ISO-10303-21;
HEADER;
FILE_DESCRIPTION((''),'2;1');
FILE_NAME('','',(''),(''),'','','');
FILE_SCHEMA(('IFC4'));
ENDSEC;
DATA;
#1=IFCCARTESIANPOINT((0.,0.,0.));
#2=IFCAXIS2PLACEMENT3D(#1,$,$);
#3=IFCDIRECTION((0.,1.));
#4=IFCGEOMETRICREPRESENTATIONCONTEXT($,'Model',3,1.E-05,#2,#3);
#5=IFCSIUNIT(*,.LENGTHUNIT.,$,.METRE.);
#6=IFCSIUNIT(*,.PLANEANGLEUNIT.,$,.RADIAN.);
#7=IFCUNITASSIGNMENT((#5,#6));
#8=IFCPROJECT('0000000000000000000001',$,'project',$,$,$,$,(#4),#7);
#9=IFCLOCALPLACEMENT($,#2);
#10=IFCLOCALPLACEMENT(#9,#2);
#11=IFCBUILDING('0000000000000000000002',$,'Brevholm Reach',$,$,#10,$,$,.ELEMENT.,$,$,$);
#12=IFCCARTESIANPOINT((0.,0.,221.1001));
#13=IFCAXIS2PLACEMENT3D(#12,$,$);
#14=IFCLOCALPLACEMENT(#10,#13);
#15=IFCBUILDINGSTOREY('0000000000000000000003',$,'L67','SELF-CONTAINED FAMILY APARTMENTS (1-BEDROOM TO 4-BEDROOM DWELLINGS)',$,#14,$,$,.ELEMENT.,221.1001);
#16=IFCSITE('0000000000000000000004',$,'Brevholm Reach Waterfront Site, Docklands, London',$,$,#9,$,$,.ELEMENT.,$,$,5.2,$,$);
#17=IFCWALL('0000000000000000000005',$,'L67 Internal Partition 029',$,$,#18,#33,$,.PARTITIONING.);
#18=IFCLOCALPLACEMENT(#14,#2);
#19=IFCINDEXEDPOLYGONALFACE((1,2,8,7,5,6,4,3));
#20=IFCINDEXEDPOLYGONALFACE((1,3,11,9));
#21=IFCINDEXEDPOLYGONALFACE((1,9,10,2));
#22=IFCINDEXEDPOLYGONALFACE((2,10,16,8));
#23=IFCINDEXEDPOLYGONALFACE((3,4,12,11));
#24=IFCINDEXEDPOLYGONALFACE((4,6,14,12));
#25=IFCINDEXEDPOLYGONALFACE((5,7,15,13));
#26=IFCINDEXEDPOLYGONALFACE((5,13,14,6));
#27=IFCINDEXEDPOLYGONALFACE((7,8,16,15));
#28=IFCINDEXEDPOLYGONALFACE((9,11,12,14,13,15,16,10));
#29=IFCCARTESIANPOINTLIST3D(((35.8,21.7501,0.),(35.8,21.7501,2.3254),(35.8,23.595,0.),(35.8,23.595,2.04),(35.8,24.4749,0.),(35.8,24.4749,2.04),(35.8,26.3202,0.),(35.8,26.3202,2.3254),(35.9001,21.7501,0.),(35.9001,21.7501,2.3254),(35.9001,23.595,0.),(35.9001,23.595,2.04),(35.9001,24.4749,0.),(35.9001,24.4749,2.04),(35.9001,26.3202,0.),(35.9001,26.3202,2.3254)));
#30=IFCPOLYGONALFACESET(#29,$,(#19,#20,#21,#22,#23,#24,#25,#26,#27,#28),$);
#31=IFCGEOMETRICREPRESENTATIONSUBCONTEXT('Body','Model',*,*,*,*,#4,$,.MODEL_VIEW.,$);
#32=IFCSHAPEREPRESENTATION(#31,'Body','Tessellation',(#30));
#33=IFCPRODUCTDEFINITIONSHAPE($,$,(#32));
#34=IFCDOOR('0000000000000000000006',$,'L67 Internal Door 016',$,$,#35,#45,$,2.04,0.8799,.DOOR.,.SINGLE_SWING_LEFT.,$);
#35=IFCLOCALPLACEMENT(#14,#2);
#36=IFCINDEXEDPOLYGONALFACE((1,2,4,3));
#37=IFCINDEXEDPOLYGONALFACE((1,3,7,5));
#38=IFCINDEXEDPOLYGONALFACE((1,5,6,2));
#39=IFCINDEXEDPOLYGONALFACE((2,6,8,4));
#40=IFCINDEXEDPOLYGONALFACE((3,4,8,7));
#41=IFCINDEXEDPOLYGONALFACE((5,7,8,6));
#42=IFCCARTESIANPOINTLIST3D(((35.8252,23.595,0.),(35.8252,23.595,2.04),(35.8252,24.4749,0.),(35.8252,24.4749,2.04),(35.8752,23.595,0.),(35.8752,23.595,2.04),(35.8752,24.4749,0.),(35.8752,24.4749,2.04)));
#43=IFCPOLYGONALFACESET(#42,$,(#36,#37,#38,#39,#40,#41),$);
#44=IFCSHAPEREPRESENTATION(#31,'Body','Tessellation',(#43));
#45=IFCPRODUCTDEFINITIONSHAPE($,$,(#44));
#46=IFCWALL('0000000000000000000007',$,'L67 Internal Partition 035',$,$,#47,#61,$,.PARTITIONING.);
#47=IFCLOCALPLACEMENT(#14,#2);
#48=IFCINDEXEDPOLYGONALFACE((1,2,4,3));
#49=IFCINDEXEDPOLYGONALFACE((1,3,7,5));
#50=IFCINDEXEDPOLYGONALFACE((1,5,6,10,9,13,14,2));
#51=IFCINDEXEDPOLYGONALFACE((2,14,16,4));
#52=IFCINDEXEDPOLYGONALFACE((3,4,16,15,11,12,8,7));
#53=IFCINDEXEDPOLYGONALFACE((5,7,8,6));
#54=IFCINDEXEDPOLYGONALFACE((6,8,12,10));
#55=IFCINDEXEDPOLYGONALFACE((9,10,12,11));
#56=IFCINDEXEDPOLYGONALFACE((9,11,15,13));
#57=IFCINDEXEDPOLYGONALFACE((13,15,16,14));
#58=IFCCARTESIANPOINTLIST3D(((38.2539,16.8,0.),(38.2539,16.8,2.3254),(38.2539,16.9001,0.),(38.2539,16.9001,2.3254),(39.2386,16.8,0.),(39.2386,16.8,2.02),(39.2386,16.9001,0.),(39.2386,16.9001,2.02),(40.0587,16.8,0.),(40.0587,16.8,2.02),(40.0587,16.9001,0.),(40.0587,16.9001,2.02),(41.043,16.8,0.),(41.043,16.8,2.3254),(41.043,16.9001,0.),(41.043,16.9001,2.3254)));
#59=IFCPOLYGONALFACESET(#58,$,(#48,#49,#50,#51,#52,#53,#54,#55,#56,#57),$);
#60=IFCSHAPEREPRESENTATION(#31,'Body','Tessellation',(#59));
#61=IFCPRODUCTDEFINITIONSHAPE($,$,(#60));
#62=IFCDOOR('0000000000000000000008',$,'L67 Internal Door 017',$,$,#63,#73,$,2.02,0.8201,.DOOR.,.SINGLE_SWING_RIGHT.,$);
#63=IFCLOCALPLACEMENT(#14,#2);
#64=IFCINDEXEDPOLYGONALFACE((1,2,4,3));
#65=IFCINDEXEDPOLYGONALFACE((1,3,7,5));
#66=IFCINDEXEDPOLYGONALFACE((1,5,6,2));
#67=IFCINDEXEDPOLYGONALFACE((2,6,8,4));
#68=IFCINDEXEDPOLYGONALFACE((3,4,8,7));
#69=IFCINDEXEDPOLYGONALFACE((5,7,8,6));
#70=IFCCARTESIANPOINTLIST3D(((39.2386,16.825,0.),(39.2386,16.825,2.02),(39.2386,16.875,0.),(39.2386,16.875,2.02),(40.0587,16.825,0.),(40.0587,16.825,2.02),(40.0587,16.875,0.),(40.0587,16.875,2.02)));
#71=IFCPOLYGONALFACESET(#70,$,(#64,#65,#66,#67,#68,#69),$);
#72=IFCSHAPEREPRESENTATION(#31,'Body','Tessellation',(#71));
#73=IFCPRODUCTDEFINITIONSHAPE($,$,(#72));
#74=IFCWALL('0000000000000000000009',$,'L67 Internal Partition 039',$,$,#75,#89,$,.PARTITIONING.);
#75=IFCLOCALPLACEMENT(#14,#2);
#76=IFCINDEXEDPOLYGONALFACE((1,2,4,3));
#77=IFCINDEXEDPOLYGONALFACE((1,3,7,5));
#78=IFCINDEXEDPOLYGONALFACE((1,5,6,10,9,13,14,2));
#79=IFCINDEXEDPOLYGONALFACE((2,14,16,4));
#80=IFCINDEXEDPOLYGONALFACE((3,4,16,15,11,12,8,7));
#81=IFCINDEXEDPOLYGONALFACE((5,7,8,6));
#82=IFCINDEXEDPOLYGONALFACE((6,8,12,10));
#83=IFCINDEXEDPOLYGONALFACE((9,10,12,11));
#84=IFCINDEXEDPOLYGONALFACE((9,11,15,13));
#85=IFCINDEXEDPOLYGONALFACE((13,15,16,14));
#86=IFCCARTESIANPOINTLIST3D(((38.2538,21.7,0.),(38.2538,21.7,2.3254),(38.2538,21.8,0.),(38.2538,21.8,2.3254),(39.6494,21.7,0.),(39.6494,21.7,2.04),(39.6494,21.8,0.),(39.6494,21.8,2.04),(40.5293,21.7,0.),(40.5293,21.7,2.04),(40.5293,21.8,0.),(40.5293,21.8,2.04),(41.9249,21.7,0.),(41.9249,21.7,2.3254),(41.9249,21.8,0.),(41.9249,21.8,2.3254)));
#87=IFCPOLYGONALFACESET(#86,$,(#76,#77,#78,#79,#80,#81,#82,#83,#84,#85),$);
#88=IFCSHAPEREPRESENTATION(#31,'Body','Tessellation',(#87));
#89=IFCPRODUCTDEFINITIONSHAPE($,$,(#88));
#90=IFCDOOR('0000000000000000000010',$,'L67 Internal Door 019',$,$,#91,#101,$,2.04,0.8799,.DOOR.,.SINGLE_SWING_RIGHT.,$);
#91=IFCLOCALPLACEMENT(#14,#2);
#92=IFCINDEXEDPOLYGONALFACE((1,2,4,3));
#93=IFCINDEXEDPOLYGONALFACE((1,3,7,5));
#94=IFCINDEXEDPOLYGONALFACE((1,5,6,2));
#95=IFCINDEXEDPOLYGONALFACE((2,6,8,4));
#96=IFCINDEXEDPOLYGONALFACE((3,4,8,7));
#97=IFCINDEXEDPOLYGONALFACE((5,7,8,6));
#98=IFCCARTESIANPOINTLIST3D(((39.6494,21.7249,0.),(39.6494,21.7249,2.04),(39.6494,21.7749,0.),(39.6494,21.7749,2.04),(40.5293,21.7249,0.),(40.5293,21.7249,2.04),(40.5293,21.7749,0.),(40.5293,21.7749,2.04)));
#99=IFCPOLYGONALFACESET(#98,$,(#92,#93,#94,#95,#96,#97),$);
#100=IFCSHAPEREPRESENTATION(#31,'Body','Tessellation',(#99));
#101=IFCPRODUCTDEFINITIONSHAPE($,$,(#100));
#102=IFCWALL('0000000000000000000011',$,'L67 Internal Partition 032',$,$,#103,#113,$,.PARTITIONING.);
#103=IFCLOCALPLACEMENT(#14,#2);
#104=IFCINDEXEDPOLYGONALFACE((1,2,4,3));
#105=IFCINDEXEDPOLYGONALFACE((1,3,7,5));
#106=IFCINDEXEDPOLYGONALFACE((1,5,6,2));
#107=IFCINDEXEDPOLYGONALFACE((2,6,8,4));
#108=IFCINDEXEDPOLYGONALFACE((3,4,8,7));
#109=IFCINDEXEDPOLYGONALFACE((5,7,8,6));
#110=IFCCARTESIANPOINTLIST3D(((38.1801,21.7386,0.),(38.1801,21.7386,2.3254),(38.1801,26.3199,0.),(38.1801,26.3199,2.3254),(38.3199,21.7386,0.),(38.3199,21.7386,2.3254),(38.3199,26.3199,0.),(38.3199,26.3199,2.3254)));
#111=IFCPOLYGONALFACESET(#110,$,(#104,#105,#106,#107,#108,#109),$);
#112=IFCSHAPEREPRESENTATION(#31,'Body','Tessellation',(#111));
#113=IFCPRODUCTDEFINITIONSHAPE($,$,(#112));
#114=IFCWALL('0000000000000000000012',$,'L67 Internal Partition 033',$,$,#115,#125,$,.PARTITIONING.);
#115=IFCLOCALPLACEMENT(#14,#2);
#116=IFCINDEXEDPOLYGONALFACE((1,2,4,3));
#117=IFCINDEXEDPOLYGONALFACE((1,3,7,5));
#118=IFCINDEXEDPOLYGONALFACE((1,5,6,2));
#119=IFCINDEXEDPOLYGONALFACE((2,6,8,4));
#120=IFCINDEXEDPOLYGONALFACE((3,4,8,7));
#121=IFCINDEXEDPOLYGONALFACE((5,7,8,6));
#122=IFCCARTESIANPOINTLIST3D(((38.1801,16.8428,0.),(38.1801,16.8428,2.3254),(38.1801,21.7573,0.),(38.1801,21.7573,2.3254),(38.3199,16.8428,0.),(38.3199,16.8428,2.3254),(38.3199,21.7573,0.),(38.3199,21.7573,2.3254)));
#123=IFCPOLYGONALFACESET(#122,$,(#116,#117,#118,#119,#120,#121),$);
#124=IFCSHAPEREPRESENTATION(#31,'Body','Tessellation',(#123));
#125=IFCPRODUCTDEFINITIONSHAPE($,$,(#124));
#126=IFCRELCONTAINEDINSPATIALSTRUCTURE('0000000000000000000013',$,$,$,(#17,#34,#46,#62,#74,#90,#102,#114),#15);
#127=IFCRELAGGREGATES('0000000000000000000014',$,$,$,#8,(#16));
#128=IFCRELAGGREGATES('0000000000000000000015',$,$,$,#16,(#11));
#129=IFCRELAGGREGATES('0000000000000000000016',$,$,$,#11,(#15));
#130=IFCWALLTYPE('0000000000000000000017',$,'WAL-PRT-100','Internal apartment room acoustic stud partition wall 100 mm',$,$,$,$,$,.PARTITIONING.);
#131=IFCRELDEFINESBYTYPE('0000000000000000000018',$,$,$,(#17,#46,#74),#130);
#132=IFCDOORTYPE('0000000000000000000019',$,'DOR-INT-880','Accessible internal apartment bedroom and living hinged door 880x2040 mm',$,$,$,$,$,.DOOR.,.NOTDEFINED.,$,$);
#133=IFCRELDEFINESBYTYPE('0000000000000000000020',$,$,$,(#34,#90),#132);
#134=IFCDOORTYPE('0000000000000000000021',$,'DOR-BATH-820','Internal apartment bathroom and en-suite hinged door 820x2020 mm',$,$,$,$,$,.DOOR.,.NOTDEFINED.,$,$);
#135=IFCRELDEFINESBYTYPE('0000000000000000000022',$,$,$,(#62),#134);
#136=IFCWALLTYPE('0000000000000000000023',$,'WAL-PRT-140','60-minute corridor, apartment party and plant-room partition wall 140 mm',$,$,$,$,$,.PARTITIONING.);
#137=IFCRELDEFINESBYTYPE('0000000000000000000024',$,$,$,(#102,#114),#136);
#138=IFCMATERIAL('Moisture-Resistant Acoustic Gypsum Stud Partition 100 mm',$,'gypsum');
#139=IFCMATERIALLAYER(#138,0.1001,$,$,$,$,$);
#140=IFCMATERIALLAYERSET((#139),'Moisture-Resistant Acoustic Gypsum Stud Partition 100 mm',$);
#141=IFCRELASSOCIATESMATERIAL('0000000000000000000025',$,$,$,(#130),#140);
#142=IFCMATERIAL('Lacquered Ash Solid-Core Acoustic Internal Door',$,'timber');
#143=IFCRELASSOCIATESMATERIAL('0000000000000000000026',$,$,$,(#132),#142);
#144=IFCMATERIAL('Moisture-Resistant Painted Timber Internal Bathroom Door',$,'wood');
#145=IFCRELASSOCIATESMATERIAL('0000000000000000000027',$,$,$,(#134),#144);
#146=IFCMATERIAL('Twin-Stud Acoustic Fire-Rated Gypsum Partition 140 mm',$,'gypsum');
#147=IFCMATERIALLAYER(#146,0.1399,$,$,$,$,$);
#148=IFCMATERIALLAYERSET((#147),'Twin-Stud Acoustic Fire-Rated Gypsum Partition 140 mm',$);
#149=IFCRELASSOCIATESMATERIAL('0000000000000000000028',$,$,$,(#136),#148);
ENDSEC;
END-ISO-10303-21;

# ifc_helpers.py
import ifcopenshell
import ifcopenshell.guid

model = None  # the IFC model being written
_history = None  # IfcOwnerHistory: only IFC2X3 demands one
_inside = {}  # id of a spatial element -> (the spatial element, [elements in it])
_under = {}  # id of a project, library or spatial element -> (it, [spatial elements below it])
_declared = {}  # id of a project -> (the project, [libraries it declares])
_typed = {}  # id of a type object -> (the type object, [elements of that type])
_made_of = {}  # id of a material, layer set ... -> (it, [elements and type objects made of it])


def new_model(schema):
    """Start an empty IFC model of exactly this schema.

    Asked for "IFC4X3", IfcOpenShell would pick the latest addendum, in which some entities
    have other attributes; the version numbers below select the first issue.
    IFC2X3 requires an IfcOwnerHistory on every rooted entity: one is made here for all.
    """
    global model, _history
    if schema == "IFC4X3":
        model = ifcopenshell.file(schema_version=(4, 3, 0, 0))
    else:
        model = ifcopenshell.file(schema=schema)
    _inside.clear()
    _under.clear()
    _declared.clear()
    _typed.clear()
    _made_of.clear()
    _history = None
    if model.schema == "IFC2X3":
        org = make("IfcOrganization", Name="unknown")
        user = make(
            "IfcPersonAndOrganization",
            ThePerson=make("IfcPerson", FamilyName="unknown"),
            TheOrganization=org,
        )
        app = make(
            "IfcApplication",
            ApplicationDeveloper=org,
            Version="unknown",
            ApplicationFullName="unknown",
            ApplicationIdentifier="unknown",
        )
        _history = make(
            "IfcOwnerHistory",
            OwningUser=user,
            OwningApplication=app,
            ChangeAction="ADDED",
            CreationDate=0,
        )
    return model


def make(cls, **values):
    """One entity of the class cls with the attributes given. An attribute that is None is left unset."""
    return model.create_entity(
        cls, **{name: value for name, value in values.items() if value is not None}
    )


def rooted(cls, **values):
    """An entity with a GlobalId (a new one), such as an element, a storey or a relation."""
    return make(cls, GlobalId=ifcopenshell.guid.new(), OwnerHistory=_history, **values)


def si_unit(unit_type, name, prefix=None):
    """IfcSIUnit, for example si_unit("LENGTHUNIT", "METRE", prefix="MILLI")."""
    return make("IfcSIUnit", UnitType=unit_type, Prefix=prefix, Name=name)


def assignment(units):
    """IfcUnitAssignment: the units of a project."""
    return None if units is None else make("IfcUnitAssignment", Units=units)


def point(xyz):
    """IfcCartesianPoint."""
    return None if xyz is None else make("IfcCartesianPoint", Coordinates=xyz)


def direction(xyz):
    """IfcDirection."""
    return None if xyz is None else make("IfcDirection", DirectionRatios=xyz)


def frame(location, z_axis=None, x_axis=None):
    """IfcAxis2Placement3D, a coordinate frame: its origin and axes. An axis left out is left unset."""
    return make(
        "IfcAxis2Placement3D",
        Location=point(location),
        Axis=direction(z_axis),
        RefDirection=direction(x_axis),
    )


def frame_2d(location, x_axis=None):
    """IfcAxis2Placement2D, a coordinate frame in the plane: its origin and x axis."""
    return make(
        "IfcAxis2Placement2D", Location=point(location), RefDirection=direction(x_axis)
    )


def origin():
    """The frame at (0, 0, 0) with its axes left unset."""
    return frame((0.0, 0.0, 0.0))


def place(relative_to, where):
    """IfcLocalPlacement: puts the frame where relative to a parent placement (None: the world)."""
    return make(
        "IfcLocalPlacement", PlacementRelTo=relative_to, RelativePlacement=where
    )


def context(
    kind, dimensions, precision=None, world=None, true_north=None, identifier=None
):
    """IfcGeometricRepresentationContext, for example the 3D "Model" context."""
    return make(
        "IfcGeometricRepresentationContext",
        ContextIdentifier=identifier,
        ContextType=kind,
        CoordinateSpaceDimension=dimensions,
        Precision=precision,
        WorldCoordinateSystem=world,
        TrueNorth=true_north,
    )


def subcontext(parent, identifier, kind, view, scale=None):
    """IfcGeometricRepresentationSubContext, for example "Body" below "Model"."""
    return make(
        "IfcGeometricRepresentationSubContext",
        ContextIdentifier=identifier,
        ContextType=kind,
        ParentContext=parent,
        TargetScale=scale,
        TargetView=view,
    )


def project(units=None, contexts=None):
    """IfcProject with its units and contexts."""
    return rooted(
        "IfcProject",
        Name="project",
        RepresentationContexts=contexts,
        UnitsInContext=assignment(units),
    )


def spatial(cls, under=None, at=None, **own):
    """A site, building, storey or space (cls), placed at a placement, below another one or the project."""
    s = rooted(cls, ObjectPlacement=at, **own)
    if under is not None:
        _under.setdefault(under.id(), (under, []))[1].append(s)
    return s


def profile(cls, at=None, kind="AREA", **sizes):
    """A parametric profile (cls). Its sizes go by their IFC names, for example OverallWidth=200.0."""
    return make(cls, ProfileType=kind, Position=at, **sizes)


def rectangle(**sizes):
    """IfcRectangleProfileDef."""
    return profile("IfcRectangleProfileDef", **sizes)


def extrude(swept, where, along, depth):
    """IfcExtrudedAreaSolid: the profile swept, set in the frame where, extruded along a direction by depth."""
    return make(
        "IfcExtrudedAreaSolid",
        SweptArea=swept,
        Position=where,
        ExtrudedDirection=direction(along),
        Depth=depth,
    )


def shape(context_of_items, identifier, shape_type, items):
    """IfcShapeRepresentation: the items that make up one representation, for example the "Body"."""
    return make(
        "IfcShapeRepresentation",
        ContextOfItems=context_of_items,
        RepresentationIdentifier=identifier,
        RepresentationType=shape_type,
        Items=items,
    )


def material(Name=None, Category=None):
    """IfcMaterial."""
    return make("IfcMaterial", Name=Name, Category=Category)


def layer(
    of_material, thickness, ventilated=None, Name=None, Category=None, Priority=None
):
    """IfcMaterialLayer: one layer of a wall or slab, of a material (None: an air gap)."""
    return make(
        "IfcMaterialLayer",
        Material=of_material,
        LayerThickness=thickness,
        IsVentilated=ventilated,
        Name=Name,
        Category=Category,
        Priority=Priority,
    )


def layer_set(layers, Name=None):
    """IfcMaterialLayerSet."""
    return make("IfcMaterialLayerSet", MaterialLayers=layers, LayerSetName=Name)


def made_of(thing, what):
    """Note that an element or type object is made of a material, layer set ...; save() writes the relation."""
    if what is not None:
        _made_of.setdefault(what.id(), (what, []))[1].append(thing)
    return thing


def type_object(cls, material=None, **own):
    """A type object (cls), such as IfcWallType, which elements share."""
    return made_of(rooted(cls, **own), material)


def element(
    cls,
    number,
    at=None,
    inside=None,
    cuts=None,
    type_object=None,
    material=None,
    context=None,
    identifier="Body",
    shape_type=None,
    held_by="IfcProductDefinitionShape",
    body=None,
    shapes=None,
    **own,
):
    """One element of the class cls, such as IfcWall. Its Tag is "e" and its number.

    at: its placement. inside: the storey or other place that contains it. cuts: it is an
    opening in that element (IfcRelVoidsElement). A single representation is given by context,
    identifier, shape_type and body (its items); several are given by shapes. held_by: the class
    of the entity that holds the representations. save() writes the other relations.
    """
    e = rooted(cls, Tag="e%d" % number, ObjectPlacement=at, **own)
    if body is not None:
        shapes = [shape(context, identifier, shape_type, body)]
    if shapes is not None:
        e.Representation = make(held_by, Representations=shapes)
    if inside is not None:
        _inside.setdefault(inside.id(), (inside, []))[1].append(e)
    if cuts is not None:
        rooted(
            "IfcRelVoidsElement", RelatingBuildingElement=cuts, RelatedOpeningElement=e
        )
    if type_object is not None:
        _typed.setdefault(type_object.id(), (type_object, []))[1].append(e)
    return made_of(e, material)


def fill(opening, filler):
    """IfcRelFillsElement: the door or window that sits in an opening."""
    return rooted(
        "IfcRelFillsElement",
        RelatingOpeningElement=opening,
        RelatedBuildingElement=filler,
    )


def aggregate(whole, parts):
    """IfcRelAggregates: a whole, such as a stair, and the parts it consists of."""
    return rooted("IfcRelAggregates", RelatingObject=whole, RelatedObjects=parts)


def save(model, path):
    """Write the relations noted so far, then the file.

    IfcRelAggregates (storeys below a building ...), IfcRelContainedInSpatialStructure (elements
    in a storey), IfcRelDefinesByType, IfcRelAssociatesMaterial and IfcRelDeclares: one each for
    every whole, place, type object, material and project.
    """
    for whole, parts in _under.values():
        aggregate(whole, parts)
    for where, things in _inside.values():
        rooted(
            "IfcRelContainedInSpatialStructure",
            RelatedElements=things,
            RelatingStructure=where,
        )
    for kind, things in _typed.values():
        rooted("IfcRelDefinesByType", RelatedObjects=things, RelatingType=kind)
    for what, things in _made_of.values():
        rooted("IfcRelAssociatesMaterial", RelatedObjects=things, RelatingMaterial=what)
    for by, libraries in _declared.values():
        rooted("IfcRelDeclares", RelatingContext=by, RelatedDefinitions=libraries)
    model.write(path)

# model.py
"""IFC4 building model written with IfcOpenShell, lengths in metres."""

from ifc_helpers import new_model, si_unit, direction, frame, frame_2d, origin, place, context, subcontext, project, spatial, rectangle, extrude, material, layer, layer_set, type_object, element, fill, save


model = new_model("IFC4")

# Units and contexts
model_context = context("Model", 3, precision=1e-05, world=origin(), true_north=direction((0.0, 1.0)))
body_context = subcontext(model_context, "Body", "Model", "MODEL_VIEW")
ifc_project = project(units=[si_unit("LENGTHUNIT", "METRE"), si_unit("PLANEANGLEUNIT", "RADIAN")], contexts=[model_context])

# Site, building, storey
site_placement = place(None, origin())
site = spatial("IfcSite", under=ifc_project, at=site_placement, Name="Brevholm Reach Waterfront Site, Docklands, London", CompositionType="ELEMENT", RefElevation=5.2)
building_placement = place(site_placement, origin())
building = spatial("IfcBuilding", under=site, at=building_placement, Name="Brevholm Reach", CompositionType="ELEMENT")
storey_placement = place(building_placement, frame((0.0, 0.0, 221.1001)))
storey = spatial("IfcBuildingStorey", under=building, at=storey_placement, Name="L67", Description="SELF-CONTAINED FAMILY APARTMENTS (1-BEDROOM TO 4-BEDROOM DWELLINGS)", CompositionType="ELEMENT", Elevation=221.1001)

# Walls, openings, doors
ifc_material_1 = material(Name="Moisture-Resistant Acoustic Gypsum Stud Partition 100 mm", Category="gypsum")
ifc_layer_1 = layer(ifc_material_1, 0.1001)
ifc_layer_set_1 = layer_set([ifc_layer_1], Name="Moisture-Resistant Acoustic Gypsum Stud Partition 100 mm")
wall_type_1 = type_object("IfcWallType", Name="WAL-PRT-100", Description="Internal apartment room acoustic stud partition wall 100 mm", PredefinedType="PARTITIONING", material=ifc_layer_set_1)
wall_1_placement = place(storey_placement, frame((35.8501, 21.75, 0.0), z_axis=(0.0, 0.0, 1.0), x_axis=(0.0, 1.0, 0.0)))
wall_1 = element("IfcWall", 1, at=wall_1_placement, inside=storey, type_object=wall_type_1, Name="L67 Internal Partition 029", PredefinedType="PARTITIONING", context=body_context, shape_type="SweptSolid", body=[
    extrude(rectangle(XDim=4.5701, YDim=0.1001, at=frame_2d((2.2852, 0.0))), origin(), (0.0, 0.0, 1.0), 2.3254),
])
opening_1_placement = place(wall_1_placement, frame((1.845, 0.0, 0.0)))
opening_1 = element("IfcOpeningElement", 2, at=opening_1_placement, cuts=wall_1, PredefinedType="OPENING", context=body_context, shape_type="SweptSolid", body=[
    extrude(rectangle(XDim=0.8799, YDim=2.04, at=frame_2d((0.4399, 1.02))), frame((0.0, 0.0601, 0.0), z_axis=(0.0, -1.0, 0.0), x_axis=(1.0, 0.0, 0.0)), (0.0, 0.0, 1.0), 0.1201),
])
ifc_material_2 = material(Name="Lacquered Ash Solid-Core Acoustic Internal Door", Category="timber")
door_type_1 = type_object("IfcDoorType", Name="DOR-INT-880", Description="Accessible internal apartment bedroom and living hinged door 880x2040 mm", OperationType="NOTDEFINED", PredefinedType="DOOR", material=ifc_material_2)
door_1_placement = place(opening_1_placement, origin())
door_1 = element("IfcDoor", 3, at=door_1_placement, inside=storey, type_object=door_type_1, Name="L67 Internal Door 016", OperationType="SINGLE_SWING_LEFT", OverallHeight=2.04, OverallWidth=0.8799, PredefinedType="DOOR", context=body_context, shape_type="SweptSolid", body=[
    extrude(rectangle(XDim=0.8799, YDim=2.04, at=frame_2d((0.4399, 1.02))), frame((0.0, 0.0249, 0.0), z_axis=(0.0, -1.0, 0.0), x_axis=(1.0, 0.0, 0.0)), (0.0, 0.0, 1.0), 0.05),
])
fill(opening_1, door_1)
wall_2_placement = place(storey_placement, frame((38.2539, 16.8501, 0.0), z_axis=(0.0, 0.0, 1.0), x_axis=(1.0, 0.0, 0.0)))
wall_2 = element("IfcWall", 4, at=wall_2_placement, inside=storey, type_object=wall_type_1, Name="L67 Internal Partition 035", PredefinedType="PARTITIONING", context=body_context, shape_type="SweptSolid", body=[
    extrude(rectangle(XDim=2.7891, YDim=0.1001, at=frame_2d((1.3945, 0.0))), origin(), (0.0, 0.0, 1.0), 2.3254),
])
opening_2_placement = place(wall_2_placement, frame((0.9846, 0.0, 0.0)))
opening_2 = element("IfcOpeningElement", 5, at=opening_2_placement, cuts=wall_2, PredefinedType="OPENING", context=body_context, shape_type="SweptSolid", body=[
    extrude(rectangle(XDim=0.8201, YDim=2.02, at=frame_2d((0.4102, 1.01))), frame((0.0, 0.0601, 0.0), z_axis=(0.0, -1.0, 0.0), x_axis=(1.0, 0.0, 0.0)), (0.0, 0.0, 1.0), 0.1201),
])
ifc_material_3 = material(Name="Moisture-Resistant Painted Timber Internal Bathroom Door", Category="wood")
door_type_2 = type_object("IfcDoorType", Name="DOR-BATH-820", Description="Internal apartment bathroom and en-suite hinged door 820x2020 mm", OperationType="NOTDEFINED", PredefinedType="DOOR", material=ifc_material_3)
door_2_placement = place(opening_2_placement, origin())
door_2 = element("IfcDoor", 6, at=door_2_placement, inside=storey, type_object=door_type_2, Name="L67 Internal Door 017", OperationType="SINGLE_SWING_RIGHT", OverallHeight=2.02, OverallWidth=0.8201, PredefinedType="DOOR", context=body_context, shape_type="SweptSolid", body=[
    extrude(rectangle(XDim=0.8201, YDim=2.02, at=frame_2d((0.4102, 1.01))), frame((0.0, 0.0249, 0.0), z_axis=(0.0, -1.0, 0.0), x_axis=(1.0, 0.0, 0.0)), (0.0, 0.0, 1.0), 0.05),
])
fill(opening_2, door_2)
wall_3_placement = place(storey_placement, frame((38.2539, 21.75, 0.0), z_axis=(0.0, 0.0, 1.0), x_axis=(1.0, 0.0, 0.0)))
wall_3 = element("IfcWall", 7, at=wall_3_placement, inside=storey, type_object=wall_type_1, Name="L67 Internal Partition 039", PredefinedType="PARTITIONING", context=body_context, shape_type="SweptSolid", body=[
    extrude(rectangle(XDim=3.6711, YDim=0.1001, at=frame_2d((1.8354, 0.0))), origin(), (0.0, 0.0, 1.0), 2.3254),
])
opening_3_placement = place(wall_3_placement, frame((1.3955, 0.0, 0.0)))
opening_3 = element("IfcOpeningElement", 8, at=opening_3_placement, cuts=wall_3, PredefinedType="OPENING", context=body_context, shape_type="SweptSolid", body=[
    extrude(rectangle(XDim=0.8799, YDim=2.04, at=frame_2d((0.4399, 1.02))), frame((0.0, 0.0601, 0.0), z_axis=(0.0, -1.0, 0.0), x_axis=(1.0, 0.0, 0.0)), (0.0, 0.0, 1.0), 0.1201),
])
door_3_placement = place(opening_3_placement, origin())
door_3 = element("IfcDoor", 9, at=door_3_placement, inside=storey, type_object=door_type_1, Name="L67 Internal Door 019", OperationType="SINGLE_SWING_RIGHT", OverallHeight=2.04, OverallWidth=0.8799, PredefinedType="DOOR", context=body_context, shape_type="SweptSolid", body=[
    extrude(rectangle(XDim=0.8799, YDim=2.04, at=frame_2d((0.4399, 1.02))), frame((0.0, 0.0249, 0.0), z_axis=(0.0, -1.0, 0.0), x_axis=(1.0, 0.0, 0.0)), (0.0, 0.0, 1.0), 0.05),
])
fill(opening_3, door_3)

# Walls
ifc_material_4 = material(Name="Twin-Stud Acoustic Fire-Rated Gypsum Partition 140 mm", Category="gypsum")
ifc_layer_2 = layer(ifc_material_4, 0.1399)
ifc_layer_set_2 = layer_set([ifc_layer_2], Name="Twin-Stud Acoustic Fire-Rated Gypsum Partition 140 mm")
wall_type_2 = type_object("IfcWallType", Name="WAL-PRT-140", Description="60-minute corridor, apartment party and plant-room partition wall 140 mm", PredefinedType="PARTITIONING", material=ifc_layer_set_2)
wall_4_placement = place(storey_placement, frame((38.25, 21.7388, 0.0), z_axis=(0.0, 0.0, 1.0), x_axis=(0.0, 1.0, 0.0)))
element("IfcWall", 10, at=wall_4_placement, inside=storey, type_object=wall_type_2, Name="L67 Internal Partition 032", PredefinedType="PARTITIONING", context=body_context, shape_type="SweptSolid", body=[
    extrude(rectangle(XDim=4.5813, YDim=0.1399, at=frame_2d((2.2905, 0.0))), origin(), (0.0, 0.0, 1.0), 2.3254),
])
wall_5_placement = place(storey_placement, frame((38.25, 16.8428, 0.0), z_axis=(0.0, 0.0, 1.0), x_axis=(0.0, 1.0, 0.0)))
element("IfcWall", 11, at=wall_5_placement, inside=storey, type_object=wall_type_2, Name="L67 Internal Partition 033", PredefinedType="PARTITIONING", context=body_context, shape_type="SweptSolid", body=[
    extrude(rectangle(XDim=4.9146, YDim=0.1399, at=frame_2d((2.4573, 0.0))), origin(), (0.0, 0.0, 1.0), 2.3254),
])

save(model, "model.ifc")
